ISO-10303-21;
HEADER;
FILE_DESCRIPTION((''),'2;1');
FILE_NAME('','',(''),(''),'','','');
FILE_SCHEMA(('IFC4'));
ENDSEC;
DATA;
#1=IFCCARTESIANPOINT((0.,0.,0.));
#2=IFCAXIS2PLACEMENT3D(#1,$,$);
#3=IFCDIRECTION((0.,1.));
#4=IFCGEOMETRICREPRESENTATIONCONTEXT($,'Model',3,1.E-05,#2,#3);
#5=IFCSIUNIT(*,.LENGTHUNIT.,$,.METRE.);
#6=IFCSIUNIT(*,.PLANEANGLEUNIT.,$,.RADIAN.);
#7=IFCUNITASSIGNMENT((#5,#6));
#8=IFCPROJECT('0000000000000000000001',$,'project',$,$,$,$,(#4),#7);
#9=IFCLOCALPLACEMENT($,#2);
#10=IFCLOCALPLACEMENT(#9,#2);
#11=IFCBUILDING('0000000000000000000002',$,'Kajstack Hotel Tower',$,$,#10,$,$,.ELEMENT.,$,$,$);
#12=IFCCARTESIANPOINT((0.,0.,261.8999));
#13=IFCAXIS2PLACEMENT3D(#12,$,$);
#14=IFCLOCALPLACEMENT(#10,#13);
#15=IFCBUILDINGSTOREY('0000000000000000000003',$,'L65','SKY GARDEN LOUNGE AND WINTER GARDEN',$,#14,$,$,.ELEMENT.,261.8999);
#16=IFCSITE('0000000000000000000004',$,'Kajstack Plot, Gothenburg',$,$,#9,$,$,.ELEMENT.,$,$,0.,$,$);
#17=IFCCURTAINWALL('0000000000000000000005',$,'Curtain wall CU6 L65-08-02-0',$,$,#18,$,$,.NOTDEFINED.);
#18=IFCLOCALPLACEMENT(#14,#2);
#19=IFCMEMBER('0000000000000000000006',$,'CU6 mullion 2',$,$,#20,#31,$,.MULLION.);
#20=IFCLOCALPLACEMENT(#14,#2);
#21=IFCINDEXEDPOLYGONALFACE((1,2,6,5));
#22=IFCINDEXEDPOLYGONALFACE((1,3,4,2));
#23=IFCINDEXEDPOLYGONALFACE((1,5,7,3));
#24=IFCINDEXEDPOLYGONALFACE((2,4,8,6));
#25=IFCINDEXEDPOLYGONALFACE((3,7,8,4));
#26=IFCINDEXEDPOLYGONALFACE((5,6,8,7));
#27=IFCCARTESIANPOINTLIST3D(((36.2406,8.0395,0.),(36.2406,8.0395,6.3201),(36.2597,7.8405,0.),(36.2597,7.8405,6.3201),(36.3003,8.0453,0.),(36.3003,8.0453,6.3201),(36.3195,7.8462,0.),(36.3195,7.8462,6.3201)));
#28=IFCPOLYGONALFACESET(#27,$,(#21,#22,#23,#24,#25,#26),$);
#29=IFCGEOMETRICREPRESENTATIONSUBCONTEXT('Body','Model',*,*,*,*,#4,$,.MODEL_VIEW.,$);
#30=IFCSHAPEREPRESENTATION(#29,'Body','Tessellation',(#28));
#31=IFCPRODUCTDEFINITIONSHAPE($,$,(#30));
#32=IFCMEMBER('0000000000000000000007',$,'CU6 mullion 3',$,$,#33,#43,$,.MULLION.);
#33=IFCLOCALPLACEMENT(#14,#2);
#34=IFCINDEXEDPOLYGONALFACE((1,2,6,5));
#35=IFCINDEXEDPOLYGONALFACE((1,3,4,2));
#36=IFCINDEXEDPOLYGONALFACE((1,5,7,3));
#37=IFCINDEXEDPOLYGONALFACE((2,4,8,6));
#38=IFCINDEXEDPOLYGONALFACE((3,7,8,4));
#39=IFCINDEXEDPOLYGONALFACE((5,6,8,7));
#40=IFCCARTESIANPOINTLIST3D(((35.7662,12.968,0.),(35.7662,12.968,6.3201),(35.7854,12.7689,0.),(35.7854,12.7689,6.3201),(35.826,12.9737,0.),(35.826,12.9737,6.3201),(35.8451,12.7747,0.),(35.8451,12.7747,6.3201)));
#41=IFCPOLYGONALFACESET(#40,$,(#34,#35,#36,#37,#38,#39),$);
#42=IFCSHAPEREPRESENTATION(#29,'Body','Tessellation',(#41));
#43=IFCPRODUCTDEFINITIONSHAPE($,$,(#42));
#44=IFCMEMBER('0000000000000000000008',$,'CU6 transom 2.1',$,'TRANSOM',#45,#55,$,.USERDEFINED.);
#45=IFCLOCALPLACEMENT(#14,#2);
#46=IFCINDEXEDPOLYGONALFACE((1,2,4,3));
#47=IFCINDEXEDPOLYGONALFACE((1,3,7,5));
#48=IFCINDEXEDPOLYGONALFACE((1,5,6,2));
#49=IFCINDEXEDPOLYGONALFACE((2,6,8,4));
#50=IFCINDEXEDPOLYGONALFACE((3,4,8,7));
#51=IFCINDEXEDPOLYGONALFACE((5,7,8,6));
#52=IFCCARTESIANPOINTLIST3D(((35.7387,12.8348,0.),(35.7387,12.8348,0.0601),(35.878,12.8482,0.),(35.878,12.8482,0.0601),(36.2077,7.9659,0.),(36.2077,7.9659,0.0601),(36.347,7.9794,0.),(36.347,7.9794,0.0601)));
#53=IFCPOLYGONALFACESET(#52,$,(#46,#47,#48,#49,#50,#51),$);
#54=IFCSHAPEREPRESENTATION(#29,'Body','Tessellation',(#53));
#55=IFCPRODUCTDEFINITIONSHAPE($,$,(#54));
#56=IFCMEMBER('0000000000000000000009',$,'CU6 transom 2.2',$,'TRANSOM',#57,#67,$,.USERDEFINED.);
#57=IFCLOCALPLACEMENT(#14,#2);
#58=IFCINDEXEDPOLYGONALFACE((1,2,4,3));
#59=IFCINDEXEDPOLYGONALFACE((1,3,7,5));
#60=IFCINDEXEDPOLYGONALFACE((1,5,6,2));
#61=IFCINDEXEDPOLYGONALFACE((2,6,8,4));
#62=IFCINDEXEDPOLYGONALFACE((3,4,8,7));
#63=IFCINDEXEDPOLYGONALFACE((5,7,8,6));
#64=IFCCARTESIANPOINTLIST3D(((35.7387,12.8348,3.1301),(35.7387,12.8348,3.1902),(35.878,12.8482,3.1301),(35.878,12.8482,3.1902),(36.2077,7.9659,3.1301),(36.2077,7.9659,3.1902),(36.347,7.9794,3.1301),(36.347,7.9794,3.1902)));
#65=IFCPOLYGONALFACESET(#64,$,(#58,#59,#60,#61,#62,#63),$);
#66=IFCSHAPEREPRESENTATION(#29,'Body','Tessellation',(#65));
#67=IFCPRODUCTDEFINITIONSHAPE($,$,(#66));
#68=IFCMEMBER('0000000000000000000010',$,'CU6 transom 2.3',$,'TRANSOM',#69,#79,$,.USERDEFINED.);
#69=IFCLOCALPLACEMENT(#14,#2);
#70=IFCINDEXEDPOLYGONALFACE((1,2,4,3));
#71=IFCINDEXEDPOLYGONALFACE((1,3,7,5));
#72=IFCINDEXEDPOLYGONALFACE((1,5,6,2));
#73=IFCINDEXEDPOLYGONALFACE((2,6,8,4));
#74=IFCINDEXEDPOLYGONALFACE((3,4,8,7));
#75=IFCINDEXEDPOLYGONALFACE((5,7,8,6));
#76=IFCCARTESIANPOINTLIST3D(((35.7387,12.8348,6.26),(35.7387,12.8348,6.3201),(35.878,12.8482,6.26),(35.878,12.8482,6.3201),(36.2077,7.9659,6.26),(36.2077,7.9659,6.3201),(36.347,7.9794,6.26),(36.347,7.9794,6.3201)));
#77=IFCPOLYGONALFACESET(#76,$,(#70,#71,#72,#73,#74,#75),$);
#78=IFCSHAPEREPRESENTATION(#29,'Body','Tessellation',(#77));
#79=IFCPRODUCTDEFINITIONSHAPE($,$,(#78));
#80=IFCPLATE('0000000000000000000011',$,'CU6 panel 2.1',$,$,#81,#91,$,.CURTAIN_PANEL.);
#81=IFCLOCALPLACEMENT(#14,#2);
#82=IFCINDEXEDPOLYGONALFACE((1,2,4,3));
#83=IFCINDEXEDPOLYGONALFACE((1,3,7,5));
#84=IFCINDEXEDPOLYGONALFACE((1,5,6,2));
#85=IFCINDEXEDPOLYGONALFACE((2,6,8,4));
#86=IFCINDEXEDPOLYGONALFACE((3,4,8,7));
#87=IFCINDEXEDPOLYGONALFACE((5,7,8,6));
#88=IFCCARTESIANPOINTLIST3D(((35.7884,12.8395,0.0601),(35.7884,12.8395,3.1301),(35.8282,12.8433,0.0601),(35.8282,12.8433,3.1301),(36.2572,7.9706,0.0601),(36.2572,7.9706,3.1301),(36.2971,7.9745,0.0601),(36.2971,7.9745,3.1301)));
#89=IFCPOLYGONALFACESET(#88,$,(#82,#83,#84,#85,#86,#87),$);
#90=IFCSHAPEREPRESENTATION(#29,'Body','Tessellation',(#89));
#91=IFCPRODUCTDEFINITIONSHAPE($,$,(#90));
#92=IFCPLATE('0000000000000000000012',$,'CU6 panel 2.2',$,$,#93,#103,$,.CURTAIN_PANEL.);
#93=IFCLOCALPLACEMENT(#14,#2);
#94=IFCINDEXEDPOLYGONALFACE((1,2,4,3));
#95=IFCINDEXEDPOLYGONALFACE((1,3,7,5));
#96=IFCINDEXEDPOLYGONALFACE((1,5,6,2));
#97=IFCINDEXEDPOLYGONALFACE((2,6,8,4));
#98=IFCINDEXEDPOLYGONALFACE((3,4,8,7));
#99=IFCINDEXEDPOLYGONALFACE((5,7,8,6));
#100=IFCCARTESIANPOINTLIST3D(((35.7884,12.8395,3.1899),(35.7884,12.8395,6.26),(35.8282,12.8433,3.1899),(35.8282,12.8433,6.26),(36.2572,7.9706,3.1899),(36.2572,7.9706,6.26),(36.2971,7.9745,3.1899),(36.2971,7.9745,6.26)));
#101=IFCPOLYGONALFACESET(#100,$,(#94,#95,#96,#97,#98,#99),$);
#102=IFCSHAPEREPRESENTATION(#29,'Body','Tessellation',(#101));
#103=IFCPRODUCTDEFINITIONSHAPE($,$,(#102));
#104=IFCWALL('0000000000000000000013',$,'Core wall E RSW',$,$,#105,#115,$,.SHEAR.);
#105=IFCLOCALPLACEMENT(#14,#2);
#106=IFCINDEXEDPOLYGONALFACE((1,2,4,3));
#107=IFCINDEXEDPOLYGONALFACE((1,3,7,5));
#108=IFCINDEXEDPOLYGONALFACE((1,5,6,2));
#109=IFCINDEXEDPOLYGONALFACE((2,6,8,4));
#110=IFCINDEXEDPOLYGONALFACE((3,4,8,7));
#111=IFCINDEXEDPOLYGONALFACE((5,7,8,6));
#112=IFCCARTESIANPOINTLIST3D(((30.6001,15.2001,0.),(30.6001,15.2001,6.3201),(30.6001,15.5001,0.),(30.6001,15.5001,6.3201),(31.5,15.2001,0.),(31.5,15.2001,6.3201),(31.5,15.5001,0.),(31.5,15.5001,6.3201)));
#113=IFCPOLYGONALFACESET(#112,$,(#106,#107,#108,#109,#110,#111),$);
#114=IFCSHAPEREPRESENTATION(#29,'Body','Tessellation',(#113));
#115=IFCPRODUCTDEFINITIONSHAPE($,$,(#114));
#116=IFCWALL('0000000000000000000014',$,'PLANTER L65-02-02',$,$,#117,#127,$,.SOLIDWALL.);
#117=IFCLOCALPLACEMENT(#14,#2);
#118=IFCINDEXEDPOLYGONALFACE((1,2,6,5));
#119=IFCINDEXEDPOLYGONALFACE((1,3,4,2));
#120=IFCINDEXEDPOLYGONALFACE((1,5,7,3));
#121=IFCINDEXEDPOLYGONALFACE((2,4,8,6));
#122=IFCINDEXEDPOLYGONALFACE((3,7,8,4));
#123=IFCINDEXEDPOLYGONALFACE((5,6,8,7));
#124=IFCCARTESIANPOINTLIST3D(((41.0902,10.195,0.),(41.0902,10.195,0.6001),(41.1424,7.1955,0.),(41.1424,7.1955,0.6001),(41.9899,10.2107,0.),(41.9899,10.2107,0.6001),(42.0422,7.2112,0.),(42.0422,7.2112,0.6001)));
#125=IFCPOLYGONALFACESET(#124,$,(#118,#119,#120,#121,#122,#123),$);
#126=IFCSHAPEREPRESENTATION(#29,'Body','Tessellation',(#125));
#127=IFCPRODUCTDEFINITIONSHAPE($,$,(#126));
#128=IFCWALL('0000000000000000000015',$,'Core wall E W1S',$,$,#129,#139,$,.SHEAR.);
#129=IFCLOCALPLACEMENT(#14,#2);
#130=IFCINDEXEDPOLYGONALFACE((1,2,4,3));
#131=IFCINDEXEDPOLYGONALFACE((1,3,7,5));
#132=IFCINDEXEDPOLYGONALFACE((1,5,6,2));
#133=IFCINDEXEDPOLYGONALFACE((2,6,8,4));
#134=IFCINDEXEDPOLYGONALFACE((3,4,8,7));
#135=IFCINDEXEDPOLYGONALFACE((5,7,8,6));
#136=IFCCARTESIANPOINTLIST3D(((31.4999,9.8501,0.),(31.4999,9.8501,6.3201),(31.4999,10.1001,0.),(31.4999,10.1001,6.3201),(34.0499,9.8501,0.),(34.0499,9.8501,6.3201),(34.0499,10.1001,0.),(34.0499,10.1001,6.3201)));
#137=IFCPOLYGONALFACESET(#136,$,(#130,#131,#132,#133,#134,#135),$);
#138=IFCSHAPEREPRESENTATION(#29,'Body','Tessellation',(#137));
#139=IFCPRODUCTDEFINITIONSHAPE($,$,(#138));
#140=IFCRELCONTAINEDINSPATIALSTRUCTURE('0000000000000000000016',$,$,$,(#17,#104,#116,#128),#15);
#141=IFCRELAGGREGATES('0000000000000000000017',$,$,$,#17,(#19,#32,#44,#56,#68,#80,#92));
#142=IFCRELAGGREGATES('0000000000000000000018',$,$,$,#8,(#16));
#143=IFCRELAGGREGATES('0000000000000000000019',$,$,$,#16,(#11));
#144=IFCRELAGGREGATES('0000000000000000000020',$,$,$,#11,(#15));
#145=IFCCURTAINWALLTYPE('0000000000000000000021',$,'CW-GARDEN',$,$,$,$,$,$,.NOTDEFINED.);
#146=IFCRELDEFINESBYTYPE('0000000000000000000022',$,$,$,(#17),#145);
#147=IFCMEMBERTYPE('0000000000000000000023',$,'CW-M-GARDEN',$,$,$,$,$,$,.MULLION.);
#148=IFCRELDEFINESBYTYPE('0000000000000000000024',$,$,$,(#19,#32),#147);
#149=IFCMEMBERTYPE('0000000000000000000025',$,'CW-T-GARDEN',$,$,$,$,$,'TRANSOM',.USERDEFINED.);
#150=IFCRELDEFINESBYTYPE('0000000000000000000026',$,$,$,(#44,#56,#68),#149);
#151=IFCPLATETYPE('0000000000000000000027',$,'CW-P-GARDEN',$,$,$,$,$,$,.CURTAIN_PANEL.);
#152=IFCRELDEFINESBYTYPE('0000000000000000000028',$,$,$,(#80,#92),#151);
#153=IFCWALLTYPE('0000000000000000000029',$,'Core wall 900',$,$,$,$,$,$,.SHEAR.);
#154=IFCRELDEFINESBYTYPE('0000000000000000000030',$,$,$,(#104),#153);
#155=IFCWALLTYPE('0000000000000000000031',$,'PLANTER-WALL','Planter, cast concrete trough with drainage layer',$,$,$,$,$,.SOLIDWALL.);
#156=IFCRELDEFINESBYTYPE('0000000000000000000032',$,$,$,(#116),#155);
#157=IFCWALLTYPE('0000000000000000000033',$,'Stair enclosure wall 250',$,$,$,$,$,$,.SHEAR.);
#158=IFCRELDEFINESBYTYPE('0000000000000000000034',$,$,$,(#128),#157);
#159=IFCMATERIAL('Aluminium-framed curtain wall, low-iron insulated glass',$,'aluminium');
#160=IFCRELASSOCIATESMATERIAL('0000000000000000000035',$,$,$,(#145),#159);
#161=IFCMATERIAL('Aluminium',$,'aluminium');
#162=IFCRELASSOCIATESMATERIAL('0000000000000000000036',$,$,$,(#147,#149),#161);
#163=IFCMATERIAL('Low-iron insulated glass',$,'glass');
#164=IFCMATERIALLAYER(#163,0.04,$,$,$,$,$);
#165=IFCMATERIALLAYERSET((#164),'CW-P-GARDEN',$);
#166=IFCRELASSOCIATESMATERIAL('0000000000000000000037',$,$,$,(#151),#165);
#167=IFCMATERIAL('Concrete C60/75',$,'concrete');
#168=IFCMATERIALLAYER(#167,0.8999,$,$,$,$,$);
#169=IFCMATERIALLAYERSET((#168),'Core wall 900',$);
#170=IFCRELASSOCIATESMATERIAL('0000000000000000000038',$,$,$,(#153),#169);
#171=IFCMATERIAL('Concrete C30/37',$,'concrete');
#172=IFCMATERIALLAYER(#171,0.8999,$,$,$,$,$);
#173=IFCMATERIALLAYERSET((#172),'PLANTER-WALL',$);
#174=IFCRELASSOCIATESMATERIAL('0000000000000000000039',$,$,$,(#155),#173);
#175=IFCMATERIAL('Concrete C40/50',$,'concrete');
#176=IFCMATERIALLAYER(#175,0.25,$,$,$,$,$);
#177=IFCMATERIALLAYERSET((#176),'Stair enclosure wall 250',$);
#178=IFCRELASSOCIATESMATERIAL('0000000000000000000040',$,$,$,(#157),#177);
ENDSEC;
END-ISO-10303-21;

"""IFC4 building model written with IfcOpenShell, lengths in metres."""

from ifc_helpers import new_model, si_unit, direction, frame, frame_2d, origin, origin_2d, place, context, subcontext, project, spatial, rectangle, extrude, material, layer, layer_set, material_profile, profile_set, type_object, element, aggregate, save


model = new_model("IFC4")

# Units and contexts
model_context = context("Model", 3, precision=1e-05, world=origin(), true_north=direction((0.0, 1.0)))
body_context = subcontext(model_context, "Body", "Model", "MODEL_VIEW")
ifc_project = project(units=[si_unit("LENGTHUNIT", "METRE"), si_unit("PLANEANGLEUNIT", "RADIAN")], contexts=[model_context])

# Site, building, storey
site_placement = place(None, origin())
site = spatial("IfcSite", under=ifc_project, at=site_placement, Name="Kajstack Plot, Gothenburg", CompositionType="ELEMENT", RefElevation=0.0)
building_placement = place(site_placement, origin())
building = spatial("IfcBuilding", under=site, at=building_placement, Name="Kajstack Hotel Tower", CompositionType="ELEMENT")
storey_placement = place(building_placement, frame((0.0, 0.0, 261.8999)))
storey = spatial("IfcBuildingStorey", under=building, at=storey_placement, Name="L65", Description="SKY GARDEN LOUNGE AND WINTER GARDEN", CompositionType="ELEMENT", Elevation=261.8999)

# Curtain wall, members, plates
ifc_material_1 = material(Name="Aluminium-framed curtain wall, low-iron insulated glass", Category="aluminium")
curtain_wall_type = type_object("IfcCurtainWallType", Name="CW-GARDEN", PredefinedType="NOTDEFINED", material=ifc_material_1)
curtain_wall_placement = place(storey_placement, origin())
curtain_wall = element("IfcCurtainWall", 1, at=curtain_wall_placement, inside=storey, type_object=curtain_wall_type, Name="Curtain wall CU6 L65-08-02-0", PredefinedType="NOTDEFINED")
ifc_material_2 = material(Name="Aluminium", Category="aluminium")
ifc_material_profile_1 = material_profile(ifc_material_2, rectangle(XDim=0.0601, YDim=0.2, at=origin_2d()), Name="Aluminium mullion 60 x 200")
ifc_profile_set_1 = profile_set([ifc_material_profile_1], Name="Aluminium")
member_type_1 = type_object("IfcMemberType", Name="CW-M-GARDEN", PredefinedType="MULLION", material=ifc_profile_set_1)
member_1_placement = place(storey_placement, frame((36.28, 7.9429, 0.0), z_axis=(0.0, 0.0, 1.0), x_axis=(-0.995396, -0.095847, 0.0)))
member_1 = element("IfcMember", 2, at=member_1_placement, type_object=member_type_1, Name="CU6 mullion 2", PredefinedType="MULLION", context=body_context, shape_type="SweptSolid", body=[
    extrude(rectangle(XDim=0.0601, YDim=0.2, at=origin_2d()), origin(), (0.0, 0.0, 1.0), 6.3201),
])
member_2_placement = place(storey_placement, frame((35.8057, 12.8713, 0.0), z_axis=(0.0, 0.0, 1.0), x_axis=(-0.995396, -0.095847, 0.0)))
member_2 = element("IfcMember", 3, at=member_2_placement, type_object=member_type_1, Name="CU6 mullion 3", PredefinedType="MULLION", context=body_context, shape_type="SweptSolid", body=[
    extrude(rectangle(XDim=0.0601, YDim=0.2, at=origin_2d()), origin(), (0.0, 0.0, 1.0), 6.3201),
])
ifc_material_profile_2 = material_profile(ifc_material_2, rectangle(XDim=0.1399, YDim=0.0601, at=origin_2d()), Name="Aluminium transom 140 x 60")
ifc_profile_set_2 = profile_set([ifc_material_profile_2], Name="Aluminium")
member_type_2 = type_object("IfcMemberType", Name="CW-T-GARDEN", ElementType="TRANSOM", PredefinedType="USERDEFINED", material=ifc_profile_set_2)
member_3_placement = place(storey_placement, frame((36.2773, 7.9727, 0.03), z_axis=(-0.095881, 0.995393, 0.0), x_axis=(-0.995393, -0.095881, 0.0)))
member_3 = element("IfcMember", 4, at=member_3_placement, type_object=member_type_2, Name="CU6 transom 2.1", ObjectType="TRANSOM", PredefinedType="USERDEFINED", context=body_context, shape_type="SweptSolid", body=[
    extrude(rectangle(XDim=0.1399, YDim=0.0601, at=origin_2d()), origin(), (0.0, 0.0, 1.0), 4.8914),
])
member_4_placement = place(storey_placement, frame((36.2773, 7.9727, 3.1602), z_axis=(-0.095881, 0.995393, 0.0), x_axis=(-0.995393, -0.095881, 0.0)))
member_4 = element("IfcMember", 5, at=member_4_placement, type_object=member_type_2, Name="CU6 transom 2.2", ObjectType="TRANSOM", PredefinedType="USERDEFINED", context=body_context, shape_type="SweptSolid", body=[
    extrude(rectangle(XDim=0.1399, YDim=0.0601, at=origin_2d()), origin(), (0.0, 0.0, 1.0), 4.8914),
])
member_5_placement = place(storey_placement, frame((36.2773, 7.9727, 6.29), z_axis=(-0.095881, 0.995393, 0.0), x_axis=(-0.995393, -0.095881, 0.0)))
member_5 = element("IfcMember", 6, at=member_5_placement, type_object=member_type_2, Name="CU6 transom 2.3", ObjectType="TRANSOM", PredefinedType="USERDEFINED", context=body_context, shape_type="SweptSolid", body=[
    extrude(rectangle(XDim=0.1399, YDim=0.0601, at=origin_2d()), origin(), (0.0, 0.0, 1.0), 4.8914),
])
ifc_material_3 = material(Name="Low-iron insulated glass", Category="glass")
ifc_layer_1 = layer(ifc_material_3, 0.04)
ifc_layer_set_1 = layer_set([ifc_layer_1], Name="CW-P-GARDEN")
plate_type = type_object("IfcPlateType", Name="CW-P-GARDEN", PredefinedType="CURTAIN_PANEL", material=ifc_layer_set_1)
plate_1_placement = place(storey_placement, frame((36.0427, 10.407, 0.0601), z_axis=(0.0, 0.0, 1.0), x_axis=(-0.095847, 0.995396, 0.0)))
plate_1 = element("IfcPlate", 7, at=plate_1_placement, type_object=plate_type, Name="CU6 panel 2.1", PredefinedType="CURTAIN_PANEL", context=body_context, shape_type="SweptSolid", body=[
    extrude(rectangle(XDim=4.8914, YDim=0.04, at=origin_2d()), origin(), (0.0, 0.0, 1.0), 3.0701),
])
plate_2_placement = place(storey_placement, frame((36.0427, 10.407, 3.1899), z_axis=(0.0, 0.0, 1.0), x_axis=(-0.095847, 0.995396, 0.0)))
plate_2 = element("IfcPlate", 8, at=plate_2_placement, type_object=plate_type, Name="CU6 panel 2.2", PredefinedType="CURTAIN_PANEL", context=body_context, shape_type="SweptSolid", body=[
    extrude(rectangle(XDim=4.8914, YDim=0.04, at=origin_2d()), origin(), (0.0, 0.0, 1.0), 3.0701),
])
aggregate(curtain_wall, [member_1, member_2, member_3, member_4, member_5, plate_1, plate_2])

# Wall
ifc_material_4 = material(Name="Concrete C60/75", Category="concrete")
ifc_layer_2 = layer(ifc_material_4, 0.8999)
ifc_layer_set_2 = layer_set([ifc_layer_2], Name="Core wall 900")
wall_type_1 = type_object("IfcWallType", Name="Core wall 900", PredefinedType="SHEAR", material=ifc_layer_set_2)
wall_1_placement = place(storey_placement, frame((30.6001, 15.3501, 0.0), z_axis=(0.0, 0.0, 1.0), x_axis=(1.0, 0.0, 0.0)))
element("IfcWall", 9, at=wall_1_placement, inside=storey, type_object=wall_type_1, Name="Core wall E RSW", PredefinedType="SHEAR", context=body_context, shape_type="SweptSolid", body=[
    extrude(rectangle(XDim=0.8999, YDim=0.3, at=frame_2d((0.45, 0.0))), origin(), (0.0, 0.0, 1.0), 6.3201),
])

# Walls
ifc_material_5 = material(Name="Concrete C30/37", Category="concrete")
ifc_layer_3 = layer(ifc_material_5, 0.8999)
ifc_layer_set_3 = layer_set([ifc_layer_3], Name="PLANTER-WALL")
wall_type_2 = type_object("IfcWallType", Name="PLANTER-WALL", Description="Planter, cast concrete trough with drainage layer", PredefinedType="SOLIDWALL", material=ifc_layer_set_3)
wall_2_placement = place(storey_placement, frame((41.54, 10.2029, 0.0), z_axis=(0.0, 0.0, 1.0), x_axis=(0.017416, -0.999848, 0.0)))
element("IfcWall", 10, at=wall_2_placement, inside=storey, type_object=wall_type_2, Name="PLANTER L65-02-02", PredefinedType="SOLIDWALL", context=body_context, shape_type="SweptSolid", body=[
    extrude(rectangle(XDim=3.0, YDim=0.8999, at=frame_2d((1.5, 0.0))), origin(), (0.0, 0.0, 1.0), 0.6001),
])
ifc_material_6 = material(Name="Concrete C40/50", Category="concrete")
ifc_layer_4 = layer(ifc_material_6, 0.25)
ifc_layer_set_4 = layer_set([ifc_layer_4], Name="Stair enclosure wall 250")
wall_type_3 = type_object("IfcWallType", Name="Stair enclosure wall 250", PredefinedType="SHEAR", material=ifc_layer_set_4)
wall_3_placement = place(storey_placement, frame((31.5, 9.9751, 0.0), z_axis=(0.0, 0.0, 1.0), x_axis=(1.0, 0.0, 0.0)))
element("IfcWall", 11, at=wall_3_placement, inside=storey, type_object=wall_type_3, Name="Core wall E W1S", PredefinedType="SHEAR", context=body_context, shape_type="SweptSolid", body=[
    extrude(rectangle(XDim=2.55, YDim=0.25, at=frame_2d((1.2749, 0.0))), origin(), (0.0, 0.0, 1.0), 6.3201),
])

save(model, "model.ifc")
